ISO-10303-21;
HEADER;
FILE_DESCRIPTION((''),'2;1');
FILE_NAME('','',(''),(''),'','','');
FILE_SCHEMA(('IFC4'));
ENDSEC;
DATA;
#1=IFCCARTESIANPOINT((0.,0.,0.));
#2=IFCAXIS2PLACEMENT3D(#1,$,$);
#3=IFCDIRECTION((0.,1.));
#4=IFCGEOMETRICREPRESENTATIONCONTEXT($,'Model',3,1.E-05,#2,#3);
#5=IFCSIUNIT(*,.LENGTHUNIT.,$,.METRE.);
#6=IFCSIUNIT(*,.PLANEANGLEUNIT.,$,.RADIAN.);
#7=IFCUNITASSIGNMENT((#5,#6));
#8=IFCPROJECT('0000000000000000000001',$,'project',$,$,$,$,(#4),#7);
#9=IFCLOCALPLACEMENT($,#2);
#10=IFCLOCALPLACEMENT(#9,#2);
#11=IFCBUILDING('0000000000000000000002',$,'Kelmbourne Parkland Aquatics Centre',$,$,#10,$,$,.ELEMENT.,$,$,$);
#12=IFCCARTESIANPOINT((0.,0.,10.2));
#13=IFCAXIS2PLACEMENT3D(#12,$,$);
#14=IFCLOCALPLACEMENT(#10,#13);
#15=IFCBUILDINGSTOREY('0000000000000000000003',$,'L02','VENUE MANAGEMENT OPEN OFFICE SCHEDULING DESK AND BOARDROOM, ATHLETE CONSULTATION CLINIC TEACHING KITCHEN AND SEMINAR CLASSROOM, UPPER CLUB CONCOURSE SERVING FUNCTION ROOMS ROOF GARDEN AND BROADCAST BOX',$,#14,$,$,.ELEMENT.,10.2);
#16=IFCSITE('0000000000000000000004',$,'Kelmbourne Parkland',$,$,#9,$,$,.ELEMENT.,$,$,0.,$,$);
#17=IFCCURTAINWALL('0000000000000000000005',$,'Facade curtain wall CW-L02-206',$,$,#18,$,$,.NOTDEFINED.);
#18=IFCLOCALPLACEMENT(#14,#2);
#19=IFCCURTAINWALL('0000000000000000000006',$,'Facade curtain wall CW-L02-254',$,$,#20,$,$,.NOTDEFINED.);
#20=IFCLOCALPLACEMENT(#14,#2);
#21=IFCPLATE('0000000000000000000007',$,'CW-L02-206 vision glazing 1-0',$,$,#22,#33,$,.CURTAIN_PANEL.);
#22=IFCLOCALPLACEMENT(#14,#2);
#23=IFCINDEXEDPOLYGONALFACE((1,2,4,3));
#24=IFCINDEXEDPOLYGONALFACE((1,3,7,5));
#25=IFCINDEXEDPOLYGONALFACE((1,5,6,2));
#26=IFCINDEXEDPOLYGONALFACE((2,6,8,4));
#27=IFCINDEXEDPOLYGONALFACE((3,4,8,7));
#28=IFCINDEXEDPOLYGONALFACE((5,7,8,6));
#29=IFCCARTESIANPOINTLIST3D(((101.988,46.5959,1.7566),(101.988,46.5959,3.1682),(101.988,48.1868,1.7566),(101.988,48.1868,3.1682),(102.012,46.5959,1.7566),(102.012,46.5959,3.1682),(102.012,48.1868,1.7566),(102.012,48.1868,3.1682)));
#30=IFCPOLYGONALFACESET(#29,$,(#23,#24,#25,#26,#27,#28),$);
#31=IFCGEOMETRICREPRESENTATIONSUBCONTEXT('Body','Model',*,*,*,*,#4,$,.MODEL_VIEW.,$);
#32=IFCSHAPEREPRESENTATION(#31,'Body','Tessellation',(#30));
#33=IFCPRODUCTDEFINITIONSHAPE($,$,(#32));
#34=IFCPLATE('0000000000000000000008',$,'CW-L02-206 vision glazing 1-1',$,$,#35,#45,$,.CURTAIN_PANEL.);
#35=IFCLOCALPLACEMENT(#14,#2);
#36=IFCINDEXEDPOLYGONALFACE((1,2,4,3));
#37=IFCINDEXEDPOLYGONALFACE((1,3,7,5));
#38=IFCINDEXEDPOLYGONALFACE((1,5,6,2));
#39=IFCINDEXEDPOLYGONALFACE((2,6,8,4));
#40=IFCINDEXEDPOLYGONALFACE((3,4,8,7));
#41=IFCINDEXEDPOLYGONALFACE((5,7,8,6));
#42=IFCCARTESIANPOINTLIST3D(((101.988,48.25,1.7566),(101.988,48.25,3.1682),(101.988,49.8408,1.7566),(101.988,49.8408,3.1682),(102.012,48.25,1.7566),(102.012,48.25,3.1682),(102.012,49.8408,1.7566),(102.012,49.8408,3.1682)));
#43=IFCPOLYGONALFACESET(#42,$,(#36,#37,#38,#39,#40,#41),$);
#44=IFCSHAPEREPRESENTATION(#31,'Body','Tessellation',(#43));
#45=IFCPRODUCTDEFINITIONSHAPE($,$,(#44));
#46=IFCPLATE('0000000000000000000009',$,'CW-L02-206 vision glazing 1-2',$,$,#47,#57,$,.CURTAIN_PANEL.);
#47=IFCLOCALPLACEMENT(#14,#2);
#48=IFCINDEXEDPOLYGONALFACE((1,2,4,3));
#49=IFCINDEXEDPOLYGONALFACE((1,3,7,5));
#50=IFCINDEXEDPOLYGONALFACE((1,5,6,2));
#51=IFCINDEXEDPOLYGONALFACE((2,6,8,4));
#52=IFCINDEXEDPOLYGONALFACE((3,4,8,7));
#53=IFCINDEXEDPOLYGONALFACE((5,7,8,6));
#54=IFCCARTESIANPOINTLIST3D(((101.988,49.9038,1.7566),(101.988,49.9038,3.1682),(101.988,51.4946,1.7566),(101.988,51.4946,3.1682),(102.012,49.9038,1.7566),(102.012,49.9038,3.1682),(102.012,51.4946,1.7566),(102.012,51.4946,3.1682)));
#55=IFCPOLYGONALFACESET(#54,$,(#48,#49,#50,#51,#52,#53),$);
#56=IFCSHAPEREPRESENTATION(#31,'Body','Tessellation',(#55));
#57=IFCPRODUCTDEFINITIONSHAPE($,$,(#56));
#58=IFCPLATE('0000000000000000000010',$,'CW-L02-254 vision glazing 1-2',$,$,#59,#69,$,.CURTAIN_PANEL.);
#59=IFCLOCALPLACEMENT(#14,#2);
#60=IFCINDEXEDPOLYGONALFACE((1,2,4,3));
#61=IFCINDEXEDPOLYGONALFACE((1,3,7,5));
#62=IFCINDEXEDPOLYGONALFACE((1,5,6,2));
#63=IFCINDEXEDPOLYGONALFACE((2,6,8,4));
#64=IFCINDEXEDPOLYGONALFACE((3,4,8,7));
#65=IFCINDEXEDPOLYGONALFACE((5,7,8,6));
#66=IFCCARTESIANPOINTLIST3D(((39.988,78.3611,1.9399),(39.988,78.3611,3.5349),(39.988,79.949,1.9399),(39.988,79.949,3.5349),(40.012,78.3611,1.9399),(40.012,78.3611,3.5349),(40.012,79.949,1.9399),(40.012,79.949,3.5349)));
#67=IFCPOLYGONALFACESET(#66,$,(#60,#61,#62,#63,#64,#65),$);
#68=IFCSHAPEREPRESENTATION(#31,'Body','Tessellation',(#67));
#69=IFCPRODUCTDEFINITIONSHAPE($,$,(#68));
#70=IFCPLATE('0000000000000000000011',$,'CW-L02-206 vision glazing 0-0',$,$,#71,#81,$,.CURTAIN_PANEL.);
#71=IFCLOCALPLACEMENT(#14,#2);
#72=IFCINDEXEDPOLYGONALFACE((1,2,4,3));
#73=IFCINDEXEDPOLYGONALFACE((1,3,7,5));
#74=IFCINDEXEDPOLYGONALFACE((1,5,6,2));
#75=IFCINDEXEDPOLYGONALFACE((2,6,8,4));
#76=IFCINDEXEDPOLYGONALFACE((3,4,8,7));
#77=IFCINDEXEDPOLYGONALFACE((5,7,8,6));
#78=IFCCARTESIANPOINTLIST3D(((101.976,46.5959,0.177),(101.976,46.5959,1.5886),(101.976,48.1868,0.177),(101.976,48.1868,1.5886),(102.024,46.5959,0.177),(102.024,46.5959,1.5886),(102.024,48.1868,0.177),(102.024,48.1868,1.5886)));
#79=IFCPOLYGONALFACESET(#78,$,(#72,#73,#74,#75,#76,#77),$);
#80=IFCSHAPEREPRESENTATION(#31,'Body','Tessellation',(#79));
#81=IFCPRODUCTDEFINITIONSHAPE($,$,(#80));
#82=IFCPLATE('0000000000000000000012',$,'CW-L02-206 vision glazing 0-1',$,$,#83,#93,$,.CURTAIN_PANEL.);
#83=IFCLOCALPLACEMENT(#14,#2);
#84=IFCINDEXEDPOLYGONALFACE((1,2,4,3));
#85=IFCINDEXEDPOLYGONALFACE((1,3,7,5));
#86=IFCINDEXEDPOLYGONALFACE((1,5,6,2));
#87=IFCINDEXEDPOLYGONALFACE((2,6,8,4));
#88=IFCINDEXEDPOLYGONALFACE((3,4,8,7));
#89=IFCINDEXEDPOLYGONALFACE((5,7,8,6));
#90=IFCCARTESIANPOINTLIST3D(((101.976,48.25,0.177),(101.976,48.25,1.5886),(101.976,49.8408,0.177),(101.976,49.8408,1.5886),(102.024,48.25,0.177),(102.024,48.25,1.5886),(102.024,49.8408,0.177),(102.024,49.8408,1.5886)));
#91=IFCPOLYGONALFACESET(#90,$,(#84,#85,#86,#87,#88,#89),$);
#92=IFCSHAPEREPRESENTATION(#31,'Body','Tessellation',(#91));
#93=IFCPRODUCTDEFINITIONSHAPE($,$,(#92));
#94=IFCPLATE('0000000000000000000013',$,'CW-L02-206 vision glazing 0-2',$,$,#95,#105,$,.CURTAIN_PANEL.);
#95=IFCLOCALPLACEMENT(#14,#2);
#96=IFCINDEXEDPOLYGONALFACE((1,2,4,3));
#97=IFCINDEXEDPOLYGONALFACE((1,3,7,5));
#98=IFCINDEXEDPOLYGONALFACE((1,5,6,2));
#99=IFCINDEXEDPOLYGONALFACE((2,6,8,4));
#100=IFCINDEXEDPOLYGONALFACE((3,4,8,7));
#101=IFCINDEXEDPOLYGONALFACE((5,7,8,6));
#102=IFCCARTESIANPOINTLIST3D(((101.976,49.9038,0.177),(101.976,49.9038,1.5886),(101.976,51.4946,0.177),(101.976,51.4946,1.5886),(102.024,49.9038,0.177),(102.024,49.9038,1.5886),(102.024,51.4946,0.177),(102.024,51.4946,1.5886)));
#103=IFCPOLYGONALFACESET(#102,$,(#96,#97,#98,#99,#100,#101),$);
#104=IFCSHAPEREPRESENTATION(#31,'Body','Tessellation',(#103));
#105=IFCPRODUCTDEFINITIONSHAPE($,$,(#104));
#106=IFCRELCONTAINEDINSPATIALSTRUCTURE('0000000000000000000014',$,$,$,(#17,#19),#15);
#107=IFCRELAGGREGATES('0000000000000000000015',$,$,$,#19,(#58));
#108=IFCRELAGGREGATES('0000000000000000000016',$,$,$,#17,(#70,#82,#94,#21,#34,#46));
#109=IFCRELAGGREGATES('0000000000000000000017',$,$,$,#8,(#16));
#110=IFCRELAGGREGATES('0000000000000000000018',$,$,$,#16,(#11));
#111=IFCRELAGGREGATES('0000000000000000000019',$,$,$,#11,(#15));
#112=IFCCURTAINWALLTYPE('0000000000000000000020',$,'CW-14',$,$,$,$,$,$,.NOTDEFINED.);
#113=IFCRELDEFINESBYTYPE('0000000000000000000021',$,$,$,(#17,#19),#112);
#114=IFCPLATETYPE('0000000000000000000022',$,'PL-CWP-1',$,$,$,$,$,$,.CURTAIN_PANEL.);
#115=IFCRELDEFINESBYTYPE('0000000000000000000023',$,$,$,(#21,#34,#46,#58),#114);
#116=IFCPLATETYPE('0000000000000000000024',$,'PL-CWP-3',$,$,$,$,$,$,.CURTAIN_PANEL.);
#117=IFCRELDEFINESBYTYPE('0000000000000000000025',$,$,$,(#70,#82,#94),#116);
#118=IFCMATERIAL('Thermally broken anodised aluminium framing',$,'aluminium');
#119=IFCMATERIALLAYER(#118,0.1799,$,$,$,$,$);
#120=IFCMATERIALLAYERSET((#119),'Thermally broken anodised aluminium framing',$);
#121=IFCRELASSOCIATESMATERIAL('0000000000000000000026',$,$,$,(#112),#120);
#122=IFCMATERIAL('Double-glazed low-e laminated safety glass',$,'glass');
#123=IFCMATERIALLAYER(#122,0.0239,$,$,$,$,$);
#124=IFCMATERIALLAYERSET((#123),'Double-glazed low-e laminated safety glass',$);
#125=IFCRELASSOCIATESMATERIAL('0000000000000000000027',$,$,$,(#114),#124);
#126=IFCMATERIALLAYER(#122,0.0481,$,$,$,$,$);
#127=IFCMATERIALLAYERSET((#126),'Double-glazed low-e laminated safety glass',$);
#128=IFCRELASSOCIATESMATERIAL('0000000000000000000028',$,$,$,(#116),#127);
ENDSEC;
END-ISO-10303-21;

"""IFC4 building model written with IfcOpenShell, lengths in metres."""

from ifc_helpers import new_model, si_unit, direction, frame, origin, origin_2d, place, context, subcontext, project, spatial, rectangle, extrude, material, layer, layer_set, type_object, element, aggregate, save


model = new_model("IFC4")

# Units and contexts
model_context = context("Model", 3, precision=1e-05, world=origin(), true_north=direction((0.0, 1.0)))
body_context = subcontext(model_context, "Body", "Model", "MODEL_VIEW")
ifc_project = project(units=[si_unit("LENGTHUNIT", "METRE"), si_unit("PLANEANGLEUNIT", "RADIAN")], contexts=[model_context])

# Site, building, storey
site_placement = place(None, origin())
site = spatial("IfcSite", under=ifc_project, at=site_placement, Name="Kelmbourne Parkland", CompositionType="ELEMENT", RefElevation=0.0)
building_placement = place(site_placement, origin())
building = spatial("IfcBuilding", under=site, at=building_placement, Name="Kelmbourne Parkland Aquatics Centre", CompositionType="ELEMENT")
storey_placement = place(building_placement, frame((0.0, 0.0, 10.2)))
storey = spatial("IfcBuildingStorey", under=building, at=storey_placement, Name="L02", Description="VENUE MANAGEMENT OPEN OFFICE SCHEDULING DESK AND BOARDROOM, ATHLETE CONSULTATION CLINIC TEACHING KITCHEN AND SEMINAR CLASSROOM, UPPER CLUB CONCOURSE SERVING FUNCTION ROOMS ROOF GARDEN AND BROADCAST BOX", CompositionType="ELEMENT", Elevation=10.2)

# Shared definitions
ifc_material_1 = material(Name="Thermally broken anodised aluminium framing", Category="aluminium")

# Curtain wall
ifc_layer_1 = layer(ifc_material_1, 0.1799)
ifc_layer_set_1 = layer_set([ifc_layer_1], Name="Thermally broken anodised aluminium framing")
curtain_wall_type_1 = type_object("IfcCurtainWallType", Name="CW-14", PredefinedType="NOTDEFINED", material=ifc_layer_set_1)
curtain_wall_1_placement = place(storey_placement, origin())
curtain_wall_1 = element("IfcCurtainWall", 1, at=curtain_wall_1_placement, inside=storey, type_object=curtain_wall_type_1, Name="Facade curtain wall CW-L02-206", PredefinedType="NOTDEFINED")

# Curtain wall
curtain_wall_2_placement = place(storey_placement, origin())
curtain_wall_2 = element("IfcCurtainWall", 2, at=curtain_wall_2_placement, inside=storey, type_object=curtain_wall_type_1, Name="Facade curtain wall CW-L02-254", PredefinedType="NOTDEFINED")

# Plates
ifc_material_2 = material(Name="Double-glazed low-e laminated safety glass", Category="glass")
ifc_layer_2 = layer(ifc_material_2, 0.0239)
ifc_layer_set_2 = layer_set([ifc_layer_2], Name="Double-glazed low-e laminated safety glass")
plate_type_1 = type_object("IfcPlateType", Name="PL-CWP-1", PredefinedType="CURTAIN_PANEL", material=ifc_layer_set_2)
plate_1_placement = place(storey_placement, frame((102.0, 47.3914, 1.7566), z_axis=(0.0, 0.0, 1.0), x_axis=(0.0, 1.0, 0.0)))
plate_1 = element("IfcPlate", 3, at=plate_1_placement, type_object=plate_type_1, Name="CW-L02-206 vision glazing 1-0", PredefinedType="CURTAIN_PANEL", context=body_context, shape_type="SweptSolid", body=[
    extrude(rectangle(XDim=1.5908, YDim=0.0239, at=origin_2d()), origin(), (0.0, 0.0, 1.0), 1.4116),
])
plate_2_placement = place(storey_placement, frame((102.0, 49.0454, 1.7566), z_axis=(0.0, 0.0, 1.0), x_axis=(0.0, 1.0, 0.0)))
plate_2 = element("IfcPlate", 4, at=plate_2_placement, type_object=plate_type_1, Name="CW-L02-206 vision glazing 1-1", PredefinedType="CURTAIN_PANEL", context=body_context, shape_type="SweptSolid", body=[
    extrude(rectangle(XDim=1.5908, YDim=0.0239, at=origin_2d()), origin(), (0.0, 0.0, 1.0), 1.4116),
])
plate_3_placement = place(storey_placement, frame((102.0, 50.6992, 1.7566), z_axis=(0.0, 0.0, 1.0), x_axis=(0.0, 1.0, 0.0)))
plate_3 = element("IfcPlate", 5, at=plate_3_placement, type_object=plate_type_1, Name="CW-L02-206 vision glazing 1-2", PredefinedType="CURTAIN_PANEL", context=body_context, shape_type="SweptSolid", body=[
    extrude(rectangle(XDim=1.5908, YDim=0.0239, at=origin_2d()), origin(), (0.0, 0.0, 1.0), 1.4116),
])
plate_4_placement = place(storey_placement, frame((40.0, 79.155, 1.9399), z_axis=(0.0, 0.0, 1.0), x_axis=(0.0, 1.0, 0.0)))
plate_4 = element("IfcPlate", 6, at=plate_4_placement, type_object=plate_type_1, Name="CW-L02-254 vision glazing 1-2", PredefinedType="CURTAIN_PANEL", context=body_context, shape_type="SweptSolid", body=[
    extrude(rectangle(XDim=1.5879, YDim=0.0239, at=origin_2d()), origin(), (0.0, 0.0, 1.0), 1.595),
])
aggregate(curtain_wall_2, [plate_4])
ifc_layer_3 = layer(ifc_material_2, 0.0481)
ifc_layer_set_3 = layer_set([ifc_layer_3], Name="Double-glazed low-e laminated safety glass")
plate_type_2 = type_object("IfcPlateType", Name="PL-CWP-3", PredefinedType="CURTAIN_PANEL", material=ifc_layer_set_3)
plate_5_placement = place(storey_placement, frame((102.0, 47.3914, 0.177), z_axis=(0.0, 0.0, 1.0), x_axis=(0.0, 1.0, 0.0)))
plate_5 = element("IfcPlate", 7, at=plate_5_placement, type_object=plate_type_2, Name="CW-L02-206 vision glazing 0-0", PredefinedType="CURTAIN_PANEL", context=body_context, shape_type="SweptSolid", body=[
    extrude(rectangle(XDim=1.5908, YDim=0.0481, at=origin_2d()), origin(), (0.0, 0.0, 1.0), 1.4116),
])
plate_6_placement = place(storey_placement, frame((102.0, 49.0454, 0.177), z_axis=(0.0, 0.0, 1.0), x_axis=(0.0, 1.0, 0.0)))
plate_6 = element("IfcPlate", 8, at=plate_6_placement, type_object=plate_type_2, Name="CW-L02-206 vision glazing 0-1", PredefinedType="CURTAIN_PANEL", context=body_context, shape_type="SweptSolid", body=[
    extrude(rectangle(XDim=1.5908, YDim=0.0481, at=origin_2d()), origin(), (0.0, 0.0, 1.0), 1.4116),
])
plate_7_placement = place(storey_placement, frame((102.0, 50.6992, 0.177), z_axis=(0.0, 0.0, 1.0), x_axis=(0.0, 1.0, 0.0)))
plate_7 = element("IfcPlate", 9, at=plate_7_placement, type_object=plate_type_2, Name="CW-L02-206 vision glazing 0-2", PredefinedType="CURTAIN_PANEL", context=body_context, shape_type="SweptSolid", body=[
    extrude(rectangle(XDim=1.5908, YDim=0.0481, at=origin_2d()), origin(), (0.0, 0.0, 1.0), 1.4116),
])
aggregate(curtain_wall_1, [plate_5, plate_6, plate_7, plate_1, plate_2, plate_3])

save(model, "model.ifc")
